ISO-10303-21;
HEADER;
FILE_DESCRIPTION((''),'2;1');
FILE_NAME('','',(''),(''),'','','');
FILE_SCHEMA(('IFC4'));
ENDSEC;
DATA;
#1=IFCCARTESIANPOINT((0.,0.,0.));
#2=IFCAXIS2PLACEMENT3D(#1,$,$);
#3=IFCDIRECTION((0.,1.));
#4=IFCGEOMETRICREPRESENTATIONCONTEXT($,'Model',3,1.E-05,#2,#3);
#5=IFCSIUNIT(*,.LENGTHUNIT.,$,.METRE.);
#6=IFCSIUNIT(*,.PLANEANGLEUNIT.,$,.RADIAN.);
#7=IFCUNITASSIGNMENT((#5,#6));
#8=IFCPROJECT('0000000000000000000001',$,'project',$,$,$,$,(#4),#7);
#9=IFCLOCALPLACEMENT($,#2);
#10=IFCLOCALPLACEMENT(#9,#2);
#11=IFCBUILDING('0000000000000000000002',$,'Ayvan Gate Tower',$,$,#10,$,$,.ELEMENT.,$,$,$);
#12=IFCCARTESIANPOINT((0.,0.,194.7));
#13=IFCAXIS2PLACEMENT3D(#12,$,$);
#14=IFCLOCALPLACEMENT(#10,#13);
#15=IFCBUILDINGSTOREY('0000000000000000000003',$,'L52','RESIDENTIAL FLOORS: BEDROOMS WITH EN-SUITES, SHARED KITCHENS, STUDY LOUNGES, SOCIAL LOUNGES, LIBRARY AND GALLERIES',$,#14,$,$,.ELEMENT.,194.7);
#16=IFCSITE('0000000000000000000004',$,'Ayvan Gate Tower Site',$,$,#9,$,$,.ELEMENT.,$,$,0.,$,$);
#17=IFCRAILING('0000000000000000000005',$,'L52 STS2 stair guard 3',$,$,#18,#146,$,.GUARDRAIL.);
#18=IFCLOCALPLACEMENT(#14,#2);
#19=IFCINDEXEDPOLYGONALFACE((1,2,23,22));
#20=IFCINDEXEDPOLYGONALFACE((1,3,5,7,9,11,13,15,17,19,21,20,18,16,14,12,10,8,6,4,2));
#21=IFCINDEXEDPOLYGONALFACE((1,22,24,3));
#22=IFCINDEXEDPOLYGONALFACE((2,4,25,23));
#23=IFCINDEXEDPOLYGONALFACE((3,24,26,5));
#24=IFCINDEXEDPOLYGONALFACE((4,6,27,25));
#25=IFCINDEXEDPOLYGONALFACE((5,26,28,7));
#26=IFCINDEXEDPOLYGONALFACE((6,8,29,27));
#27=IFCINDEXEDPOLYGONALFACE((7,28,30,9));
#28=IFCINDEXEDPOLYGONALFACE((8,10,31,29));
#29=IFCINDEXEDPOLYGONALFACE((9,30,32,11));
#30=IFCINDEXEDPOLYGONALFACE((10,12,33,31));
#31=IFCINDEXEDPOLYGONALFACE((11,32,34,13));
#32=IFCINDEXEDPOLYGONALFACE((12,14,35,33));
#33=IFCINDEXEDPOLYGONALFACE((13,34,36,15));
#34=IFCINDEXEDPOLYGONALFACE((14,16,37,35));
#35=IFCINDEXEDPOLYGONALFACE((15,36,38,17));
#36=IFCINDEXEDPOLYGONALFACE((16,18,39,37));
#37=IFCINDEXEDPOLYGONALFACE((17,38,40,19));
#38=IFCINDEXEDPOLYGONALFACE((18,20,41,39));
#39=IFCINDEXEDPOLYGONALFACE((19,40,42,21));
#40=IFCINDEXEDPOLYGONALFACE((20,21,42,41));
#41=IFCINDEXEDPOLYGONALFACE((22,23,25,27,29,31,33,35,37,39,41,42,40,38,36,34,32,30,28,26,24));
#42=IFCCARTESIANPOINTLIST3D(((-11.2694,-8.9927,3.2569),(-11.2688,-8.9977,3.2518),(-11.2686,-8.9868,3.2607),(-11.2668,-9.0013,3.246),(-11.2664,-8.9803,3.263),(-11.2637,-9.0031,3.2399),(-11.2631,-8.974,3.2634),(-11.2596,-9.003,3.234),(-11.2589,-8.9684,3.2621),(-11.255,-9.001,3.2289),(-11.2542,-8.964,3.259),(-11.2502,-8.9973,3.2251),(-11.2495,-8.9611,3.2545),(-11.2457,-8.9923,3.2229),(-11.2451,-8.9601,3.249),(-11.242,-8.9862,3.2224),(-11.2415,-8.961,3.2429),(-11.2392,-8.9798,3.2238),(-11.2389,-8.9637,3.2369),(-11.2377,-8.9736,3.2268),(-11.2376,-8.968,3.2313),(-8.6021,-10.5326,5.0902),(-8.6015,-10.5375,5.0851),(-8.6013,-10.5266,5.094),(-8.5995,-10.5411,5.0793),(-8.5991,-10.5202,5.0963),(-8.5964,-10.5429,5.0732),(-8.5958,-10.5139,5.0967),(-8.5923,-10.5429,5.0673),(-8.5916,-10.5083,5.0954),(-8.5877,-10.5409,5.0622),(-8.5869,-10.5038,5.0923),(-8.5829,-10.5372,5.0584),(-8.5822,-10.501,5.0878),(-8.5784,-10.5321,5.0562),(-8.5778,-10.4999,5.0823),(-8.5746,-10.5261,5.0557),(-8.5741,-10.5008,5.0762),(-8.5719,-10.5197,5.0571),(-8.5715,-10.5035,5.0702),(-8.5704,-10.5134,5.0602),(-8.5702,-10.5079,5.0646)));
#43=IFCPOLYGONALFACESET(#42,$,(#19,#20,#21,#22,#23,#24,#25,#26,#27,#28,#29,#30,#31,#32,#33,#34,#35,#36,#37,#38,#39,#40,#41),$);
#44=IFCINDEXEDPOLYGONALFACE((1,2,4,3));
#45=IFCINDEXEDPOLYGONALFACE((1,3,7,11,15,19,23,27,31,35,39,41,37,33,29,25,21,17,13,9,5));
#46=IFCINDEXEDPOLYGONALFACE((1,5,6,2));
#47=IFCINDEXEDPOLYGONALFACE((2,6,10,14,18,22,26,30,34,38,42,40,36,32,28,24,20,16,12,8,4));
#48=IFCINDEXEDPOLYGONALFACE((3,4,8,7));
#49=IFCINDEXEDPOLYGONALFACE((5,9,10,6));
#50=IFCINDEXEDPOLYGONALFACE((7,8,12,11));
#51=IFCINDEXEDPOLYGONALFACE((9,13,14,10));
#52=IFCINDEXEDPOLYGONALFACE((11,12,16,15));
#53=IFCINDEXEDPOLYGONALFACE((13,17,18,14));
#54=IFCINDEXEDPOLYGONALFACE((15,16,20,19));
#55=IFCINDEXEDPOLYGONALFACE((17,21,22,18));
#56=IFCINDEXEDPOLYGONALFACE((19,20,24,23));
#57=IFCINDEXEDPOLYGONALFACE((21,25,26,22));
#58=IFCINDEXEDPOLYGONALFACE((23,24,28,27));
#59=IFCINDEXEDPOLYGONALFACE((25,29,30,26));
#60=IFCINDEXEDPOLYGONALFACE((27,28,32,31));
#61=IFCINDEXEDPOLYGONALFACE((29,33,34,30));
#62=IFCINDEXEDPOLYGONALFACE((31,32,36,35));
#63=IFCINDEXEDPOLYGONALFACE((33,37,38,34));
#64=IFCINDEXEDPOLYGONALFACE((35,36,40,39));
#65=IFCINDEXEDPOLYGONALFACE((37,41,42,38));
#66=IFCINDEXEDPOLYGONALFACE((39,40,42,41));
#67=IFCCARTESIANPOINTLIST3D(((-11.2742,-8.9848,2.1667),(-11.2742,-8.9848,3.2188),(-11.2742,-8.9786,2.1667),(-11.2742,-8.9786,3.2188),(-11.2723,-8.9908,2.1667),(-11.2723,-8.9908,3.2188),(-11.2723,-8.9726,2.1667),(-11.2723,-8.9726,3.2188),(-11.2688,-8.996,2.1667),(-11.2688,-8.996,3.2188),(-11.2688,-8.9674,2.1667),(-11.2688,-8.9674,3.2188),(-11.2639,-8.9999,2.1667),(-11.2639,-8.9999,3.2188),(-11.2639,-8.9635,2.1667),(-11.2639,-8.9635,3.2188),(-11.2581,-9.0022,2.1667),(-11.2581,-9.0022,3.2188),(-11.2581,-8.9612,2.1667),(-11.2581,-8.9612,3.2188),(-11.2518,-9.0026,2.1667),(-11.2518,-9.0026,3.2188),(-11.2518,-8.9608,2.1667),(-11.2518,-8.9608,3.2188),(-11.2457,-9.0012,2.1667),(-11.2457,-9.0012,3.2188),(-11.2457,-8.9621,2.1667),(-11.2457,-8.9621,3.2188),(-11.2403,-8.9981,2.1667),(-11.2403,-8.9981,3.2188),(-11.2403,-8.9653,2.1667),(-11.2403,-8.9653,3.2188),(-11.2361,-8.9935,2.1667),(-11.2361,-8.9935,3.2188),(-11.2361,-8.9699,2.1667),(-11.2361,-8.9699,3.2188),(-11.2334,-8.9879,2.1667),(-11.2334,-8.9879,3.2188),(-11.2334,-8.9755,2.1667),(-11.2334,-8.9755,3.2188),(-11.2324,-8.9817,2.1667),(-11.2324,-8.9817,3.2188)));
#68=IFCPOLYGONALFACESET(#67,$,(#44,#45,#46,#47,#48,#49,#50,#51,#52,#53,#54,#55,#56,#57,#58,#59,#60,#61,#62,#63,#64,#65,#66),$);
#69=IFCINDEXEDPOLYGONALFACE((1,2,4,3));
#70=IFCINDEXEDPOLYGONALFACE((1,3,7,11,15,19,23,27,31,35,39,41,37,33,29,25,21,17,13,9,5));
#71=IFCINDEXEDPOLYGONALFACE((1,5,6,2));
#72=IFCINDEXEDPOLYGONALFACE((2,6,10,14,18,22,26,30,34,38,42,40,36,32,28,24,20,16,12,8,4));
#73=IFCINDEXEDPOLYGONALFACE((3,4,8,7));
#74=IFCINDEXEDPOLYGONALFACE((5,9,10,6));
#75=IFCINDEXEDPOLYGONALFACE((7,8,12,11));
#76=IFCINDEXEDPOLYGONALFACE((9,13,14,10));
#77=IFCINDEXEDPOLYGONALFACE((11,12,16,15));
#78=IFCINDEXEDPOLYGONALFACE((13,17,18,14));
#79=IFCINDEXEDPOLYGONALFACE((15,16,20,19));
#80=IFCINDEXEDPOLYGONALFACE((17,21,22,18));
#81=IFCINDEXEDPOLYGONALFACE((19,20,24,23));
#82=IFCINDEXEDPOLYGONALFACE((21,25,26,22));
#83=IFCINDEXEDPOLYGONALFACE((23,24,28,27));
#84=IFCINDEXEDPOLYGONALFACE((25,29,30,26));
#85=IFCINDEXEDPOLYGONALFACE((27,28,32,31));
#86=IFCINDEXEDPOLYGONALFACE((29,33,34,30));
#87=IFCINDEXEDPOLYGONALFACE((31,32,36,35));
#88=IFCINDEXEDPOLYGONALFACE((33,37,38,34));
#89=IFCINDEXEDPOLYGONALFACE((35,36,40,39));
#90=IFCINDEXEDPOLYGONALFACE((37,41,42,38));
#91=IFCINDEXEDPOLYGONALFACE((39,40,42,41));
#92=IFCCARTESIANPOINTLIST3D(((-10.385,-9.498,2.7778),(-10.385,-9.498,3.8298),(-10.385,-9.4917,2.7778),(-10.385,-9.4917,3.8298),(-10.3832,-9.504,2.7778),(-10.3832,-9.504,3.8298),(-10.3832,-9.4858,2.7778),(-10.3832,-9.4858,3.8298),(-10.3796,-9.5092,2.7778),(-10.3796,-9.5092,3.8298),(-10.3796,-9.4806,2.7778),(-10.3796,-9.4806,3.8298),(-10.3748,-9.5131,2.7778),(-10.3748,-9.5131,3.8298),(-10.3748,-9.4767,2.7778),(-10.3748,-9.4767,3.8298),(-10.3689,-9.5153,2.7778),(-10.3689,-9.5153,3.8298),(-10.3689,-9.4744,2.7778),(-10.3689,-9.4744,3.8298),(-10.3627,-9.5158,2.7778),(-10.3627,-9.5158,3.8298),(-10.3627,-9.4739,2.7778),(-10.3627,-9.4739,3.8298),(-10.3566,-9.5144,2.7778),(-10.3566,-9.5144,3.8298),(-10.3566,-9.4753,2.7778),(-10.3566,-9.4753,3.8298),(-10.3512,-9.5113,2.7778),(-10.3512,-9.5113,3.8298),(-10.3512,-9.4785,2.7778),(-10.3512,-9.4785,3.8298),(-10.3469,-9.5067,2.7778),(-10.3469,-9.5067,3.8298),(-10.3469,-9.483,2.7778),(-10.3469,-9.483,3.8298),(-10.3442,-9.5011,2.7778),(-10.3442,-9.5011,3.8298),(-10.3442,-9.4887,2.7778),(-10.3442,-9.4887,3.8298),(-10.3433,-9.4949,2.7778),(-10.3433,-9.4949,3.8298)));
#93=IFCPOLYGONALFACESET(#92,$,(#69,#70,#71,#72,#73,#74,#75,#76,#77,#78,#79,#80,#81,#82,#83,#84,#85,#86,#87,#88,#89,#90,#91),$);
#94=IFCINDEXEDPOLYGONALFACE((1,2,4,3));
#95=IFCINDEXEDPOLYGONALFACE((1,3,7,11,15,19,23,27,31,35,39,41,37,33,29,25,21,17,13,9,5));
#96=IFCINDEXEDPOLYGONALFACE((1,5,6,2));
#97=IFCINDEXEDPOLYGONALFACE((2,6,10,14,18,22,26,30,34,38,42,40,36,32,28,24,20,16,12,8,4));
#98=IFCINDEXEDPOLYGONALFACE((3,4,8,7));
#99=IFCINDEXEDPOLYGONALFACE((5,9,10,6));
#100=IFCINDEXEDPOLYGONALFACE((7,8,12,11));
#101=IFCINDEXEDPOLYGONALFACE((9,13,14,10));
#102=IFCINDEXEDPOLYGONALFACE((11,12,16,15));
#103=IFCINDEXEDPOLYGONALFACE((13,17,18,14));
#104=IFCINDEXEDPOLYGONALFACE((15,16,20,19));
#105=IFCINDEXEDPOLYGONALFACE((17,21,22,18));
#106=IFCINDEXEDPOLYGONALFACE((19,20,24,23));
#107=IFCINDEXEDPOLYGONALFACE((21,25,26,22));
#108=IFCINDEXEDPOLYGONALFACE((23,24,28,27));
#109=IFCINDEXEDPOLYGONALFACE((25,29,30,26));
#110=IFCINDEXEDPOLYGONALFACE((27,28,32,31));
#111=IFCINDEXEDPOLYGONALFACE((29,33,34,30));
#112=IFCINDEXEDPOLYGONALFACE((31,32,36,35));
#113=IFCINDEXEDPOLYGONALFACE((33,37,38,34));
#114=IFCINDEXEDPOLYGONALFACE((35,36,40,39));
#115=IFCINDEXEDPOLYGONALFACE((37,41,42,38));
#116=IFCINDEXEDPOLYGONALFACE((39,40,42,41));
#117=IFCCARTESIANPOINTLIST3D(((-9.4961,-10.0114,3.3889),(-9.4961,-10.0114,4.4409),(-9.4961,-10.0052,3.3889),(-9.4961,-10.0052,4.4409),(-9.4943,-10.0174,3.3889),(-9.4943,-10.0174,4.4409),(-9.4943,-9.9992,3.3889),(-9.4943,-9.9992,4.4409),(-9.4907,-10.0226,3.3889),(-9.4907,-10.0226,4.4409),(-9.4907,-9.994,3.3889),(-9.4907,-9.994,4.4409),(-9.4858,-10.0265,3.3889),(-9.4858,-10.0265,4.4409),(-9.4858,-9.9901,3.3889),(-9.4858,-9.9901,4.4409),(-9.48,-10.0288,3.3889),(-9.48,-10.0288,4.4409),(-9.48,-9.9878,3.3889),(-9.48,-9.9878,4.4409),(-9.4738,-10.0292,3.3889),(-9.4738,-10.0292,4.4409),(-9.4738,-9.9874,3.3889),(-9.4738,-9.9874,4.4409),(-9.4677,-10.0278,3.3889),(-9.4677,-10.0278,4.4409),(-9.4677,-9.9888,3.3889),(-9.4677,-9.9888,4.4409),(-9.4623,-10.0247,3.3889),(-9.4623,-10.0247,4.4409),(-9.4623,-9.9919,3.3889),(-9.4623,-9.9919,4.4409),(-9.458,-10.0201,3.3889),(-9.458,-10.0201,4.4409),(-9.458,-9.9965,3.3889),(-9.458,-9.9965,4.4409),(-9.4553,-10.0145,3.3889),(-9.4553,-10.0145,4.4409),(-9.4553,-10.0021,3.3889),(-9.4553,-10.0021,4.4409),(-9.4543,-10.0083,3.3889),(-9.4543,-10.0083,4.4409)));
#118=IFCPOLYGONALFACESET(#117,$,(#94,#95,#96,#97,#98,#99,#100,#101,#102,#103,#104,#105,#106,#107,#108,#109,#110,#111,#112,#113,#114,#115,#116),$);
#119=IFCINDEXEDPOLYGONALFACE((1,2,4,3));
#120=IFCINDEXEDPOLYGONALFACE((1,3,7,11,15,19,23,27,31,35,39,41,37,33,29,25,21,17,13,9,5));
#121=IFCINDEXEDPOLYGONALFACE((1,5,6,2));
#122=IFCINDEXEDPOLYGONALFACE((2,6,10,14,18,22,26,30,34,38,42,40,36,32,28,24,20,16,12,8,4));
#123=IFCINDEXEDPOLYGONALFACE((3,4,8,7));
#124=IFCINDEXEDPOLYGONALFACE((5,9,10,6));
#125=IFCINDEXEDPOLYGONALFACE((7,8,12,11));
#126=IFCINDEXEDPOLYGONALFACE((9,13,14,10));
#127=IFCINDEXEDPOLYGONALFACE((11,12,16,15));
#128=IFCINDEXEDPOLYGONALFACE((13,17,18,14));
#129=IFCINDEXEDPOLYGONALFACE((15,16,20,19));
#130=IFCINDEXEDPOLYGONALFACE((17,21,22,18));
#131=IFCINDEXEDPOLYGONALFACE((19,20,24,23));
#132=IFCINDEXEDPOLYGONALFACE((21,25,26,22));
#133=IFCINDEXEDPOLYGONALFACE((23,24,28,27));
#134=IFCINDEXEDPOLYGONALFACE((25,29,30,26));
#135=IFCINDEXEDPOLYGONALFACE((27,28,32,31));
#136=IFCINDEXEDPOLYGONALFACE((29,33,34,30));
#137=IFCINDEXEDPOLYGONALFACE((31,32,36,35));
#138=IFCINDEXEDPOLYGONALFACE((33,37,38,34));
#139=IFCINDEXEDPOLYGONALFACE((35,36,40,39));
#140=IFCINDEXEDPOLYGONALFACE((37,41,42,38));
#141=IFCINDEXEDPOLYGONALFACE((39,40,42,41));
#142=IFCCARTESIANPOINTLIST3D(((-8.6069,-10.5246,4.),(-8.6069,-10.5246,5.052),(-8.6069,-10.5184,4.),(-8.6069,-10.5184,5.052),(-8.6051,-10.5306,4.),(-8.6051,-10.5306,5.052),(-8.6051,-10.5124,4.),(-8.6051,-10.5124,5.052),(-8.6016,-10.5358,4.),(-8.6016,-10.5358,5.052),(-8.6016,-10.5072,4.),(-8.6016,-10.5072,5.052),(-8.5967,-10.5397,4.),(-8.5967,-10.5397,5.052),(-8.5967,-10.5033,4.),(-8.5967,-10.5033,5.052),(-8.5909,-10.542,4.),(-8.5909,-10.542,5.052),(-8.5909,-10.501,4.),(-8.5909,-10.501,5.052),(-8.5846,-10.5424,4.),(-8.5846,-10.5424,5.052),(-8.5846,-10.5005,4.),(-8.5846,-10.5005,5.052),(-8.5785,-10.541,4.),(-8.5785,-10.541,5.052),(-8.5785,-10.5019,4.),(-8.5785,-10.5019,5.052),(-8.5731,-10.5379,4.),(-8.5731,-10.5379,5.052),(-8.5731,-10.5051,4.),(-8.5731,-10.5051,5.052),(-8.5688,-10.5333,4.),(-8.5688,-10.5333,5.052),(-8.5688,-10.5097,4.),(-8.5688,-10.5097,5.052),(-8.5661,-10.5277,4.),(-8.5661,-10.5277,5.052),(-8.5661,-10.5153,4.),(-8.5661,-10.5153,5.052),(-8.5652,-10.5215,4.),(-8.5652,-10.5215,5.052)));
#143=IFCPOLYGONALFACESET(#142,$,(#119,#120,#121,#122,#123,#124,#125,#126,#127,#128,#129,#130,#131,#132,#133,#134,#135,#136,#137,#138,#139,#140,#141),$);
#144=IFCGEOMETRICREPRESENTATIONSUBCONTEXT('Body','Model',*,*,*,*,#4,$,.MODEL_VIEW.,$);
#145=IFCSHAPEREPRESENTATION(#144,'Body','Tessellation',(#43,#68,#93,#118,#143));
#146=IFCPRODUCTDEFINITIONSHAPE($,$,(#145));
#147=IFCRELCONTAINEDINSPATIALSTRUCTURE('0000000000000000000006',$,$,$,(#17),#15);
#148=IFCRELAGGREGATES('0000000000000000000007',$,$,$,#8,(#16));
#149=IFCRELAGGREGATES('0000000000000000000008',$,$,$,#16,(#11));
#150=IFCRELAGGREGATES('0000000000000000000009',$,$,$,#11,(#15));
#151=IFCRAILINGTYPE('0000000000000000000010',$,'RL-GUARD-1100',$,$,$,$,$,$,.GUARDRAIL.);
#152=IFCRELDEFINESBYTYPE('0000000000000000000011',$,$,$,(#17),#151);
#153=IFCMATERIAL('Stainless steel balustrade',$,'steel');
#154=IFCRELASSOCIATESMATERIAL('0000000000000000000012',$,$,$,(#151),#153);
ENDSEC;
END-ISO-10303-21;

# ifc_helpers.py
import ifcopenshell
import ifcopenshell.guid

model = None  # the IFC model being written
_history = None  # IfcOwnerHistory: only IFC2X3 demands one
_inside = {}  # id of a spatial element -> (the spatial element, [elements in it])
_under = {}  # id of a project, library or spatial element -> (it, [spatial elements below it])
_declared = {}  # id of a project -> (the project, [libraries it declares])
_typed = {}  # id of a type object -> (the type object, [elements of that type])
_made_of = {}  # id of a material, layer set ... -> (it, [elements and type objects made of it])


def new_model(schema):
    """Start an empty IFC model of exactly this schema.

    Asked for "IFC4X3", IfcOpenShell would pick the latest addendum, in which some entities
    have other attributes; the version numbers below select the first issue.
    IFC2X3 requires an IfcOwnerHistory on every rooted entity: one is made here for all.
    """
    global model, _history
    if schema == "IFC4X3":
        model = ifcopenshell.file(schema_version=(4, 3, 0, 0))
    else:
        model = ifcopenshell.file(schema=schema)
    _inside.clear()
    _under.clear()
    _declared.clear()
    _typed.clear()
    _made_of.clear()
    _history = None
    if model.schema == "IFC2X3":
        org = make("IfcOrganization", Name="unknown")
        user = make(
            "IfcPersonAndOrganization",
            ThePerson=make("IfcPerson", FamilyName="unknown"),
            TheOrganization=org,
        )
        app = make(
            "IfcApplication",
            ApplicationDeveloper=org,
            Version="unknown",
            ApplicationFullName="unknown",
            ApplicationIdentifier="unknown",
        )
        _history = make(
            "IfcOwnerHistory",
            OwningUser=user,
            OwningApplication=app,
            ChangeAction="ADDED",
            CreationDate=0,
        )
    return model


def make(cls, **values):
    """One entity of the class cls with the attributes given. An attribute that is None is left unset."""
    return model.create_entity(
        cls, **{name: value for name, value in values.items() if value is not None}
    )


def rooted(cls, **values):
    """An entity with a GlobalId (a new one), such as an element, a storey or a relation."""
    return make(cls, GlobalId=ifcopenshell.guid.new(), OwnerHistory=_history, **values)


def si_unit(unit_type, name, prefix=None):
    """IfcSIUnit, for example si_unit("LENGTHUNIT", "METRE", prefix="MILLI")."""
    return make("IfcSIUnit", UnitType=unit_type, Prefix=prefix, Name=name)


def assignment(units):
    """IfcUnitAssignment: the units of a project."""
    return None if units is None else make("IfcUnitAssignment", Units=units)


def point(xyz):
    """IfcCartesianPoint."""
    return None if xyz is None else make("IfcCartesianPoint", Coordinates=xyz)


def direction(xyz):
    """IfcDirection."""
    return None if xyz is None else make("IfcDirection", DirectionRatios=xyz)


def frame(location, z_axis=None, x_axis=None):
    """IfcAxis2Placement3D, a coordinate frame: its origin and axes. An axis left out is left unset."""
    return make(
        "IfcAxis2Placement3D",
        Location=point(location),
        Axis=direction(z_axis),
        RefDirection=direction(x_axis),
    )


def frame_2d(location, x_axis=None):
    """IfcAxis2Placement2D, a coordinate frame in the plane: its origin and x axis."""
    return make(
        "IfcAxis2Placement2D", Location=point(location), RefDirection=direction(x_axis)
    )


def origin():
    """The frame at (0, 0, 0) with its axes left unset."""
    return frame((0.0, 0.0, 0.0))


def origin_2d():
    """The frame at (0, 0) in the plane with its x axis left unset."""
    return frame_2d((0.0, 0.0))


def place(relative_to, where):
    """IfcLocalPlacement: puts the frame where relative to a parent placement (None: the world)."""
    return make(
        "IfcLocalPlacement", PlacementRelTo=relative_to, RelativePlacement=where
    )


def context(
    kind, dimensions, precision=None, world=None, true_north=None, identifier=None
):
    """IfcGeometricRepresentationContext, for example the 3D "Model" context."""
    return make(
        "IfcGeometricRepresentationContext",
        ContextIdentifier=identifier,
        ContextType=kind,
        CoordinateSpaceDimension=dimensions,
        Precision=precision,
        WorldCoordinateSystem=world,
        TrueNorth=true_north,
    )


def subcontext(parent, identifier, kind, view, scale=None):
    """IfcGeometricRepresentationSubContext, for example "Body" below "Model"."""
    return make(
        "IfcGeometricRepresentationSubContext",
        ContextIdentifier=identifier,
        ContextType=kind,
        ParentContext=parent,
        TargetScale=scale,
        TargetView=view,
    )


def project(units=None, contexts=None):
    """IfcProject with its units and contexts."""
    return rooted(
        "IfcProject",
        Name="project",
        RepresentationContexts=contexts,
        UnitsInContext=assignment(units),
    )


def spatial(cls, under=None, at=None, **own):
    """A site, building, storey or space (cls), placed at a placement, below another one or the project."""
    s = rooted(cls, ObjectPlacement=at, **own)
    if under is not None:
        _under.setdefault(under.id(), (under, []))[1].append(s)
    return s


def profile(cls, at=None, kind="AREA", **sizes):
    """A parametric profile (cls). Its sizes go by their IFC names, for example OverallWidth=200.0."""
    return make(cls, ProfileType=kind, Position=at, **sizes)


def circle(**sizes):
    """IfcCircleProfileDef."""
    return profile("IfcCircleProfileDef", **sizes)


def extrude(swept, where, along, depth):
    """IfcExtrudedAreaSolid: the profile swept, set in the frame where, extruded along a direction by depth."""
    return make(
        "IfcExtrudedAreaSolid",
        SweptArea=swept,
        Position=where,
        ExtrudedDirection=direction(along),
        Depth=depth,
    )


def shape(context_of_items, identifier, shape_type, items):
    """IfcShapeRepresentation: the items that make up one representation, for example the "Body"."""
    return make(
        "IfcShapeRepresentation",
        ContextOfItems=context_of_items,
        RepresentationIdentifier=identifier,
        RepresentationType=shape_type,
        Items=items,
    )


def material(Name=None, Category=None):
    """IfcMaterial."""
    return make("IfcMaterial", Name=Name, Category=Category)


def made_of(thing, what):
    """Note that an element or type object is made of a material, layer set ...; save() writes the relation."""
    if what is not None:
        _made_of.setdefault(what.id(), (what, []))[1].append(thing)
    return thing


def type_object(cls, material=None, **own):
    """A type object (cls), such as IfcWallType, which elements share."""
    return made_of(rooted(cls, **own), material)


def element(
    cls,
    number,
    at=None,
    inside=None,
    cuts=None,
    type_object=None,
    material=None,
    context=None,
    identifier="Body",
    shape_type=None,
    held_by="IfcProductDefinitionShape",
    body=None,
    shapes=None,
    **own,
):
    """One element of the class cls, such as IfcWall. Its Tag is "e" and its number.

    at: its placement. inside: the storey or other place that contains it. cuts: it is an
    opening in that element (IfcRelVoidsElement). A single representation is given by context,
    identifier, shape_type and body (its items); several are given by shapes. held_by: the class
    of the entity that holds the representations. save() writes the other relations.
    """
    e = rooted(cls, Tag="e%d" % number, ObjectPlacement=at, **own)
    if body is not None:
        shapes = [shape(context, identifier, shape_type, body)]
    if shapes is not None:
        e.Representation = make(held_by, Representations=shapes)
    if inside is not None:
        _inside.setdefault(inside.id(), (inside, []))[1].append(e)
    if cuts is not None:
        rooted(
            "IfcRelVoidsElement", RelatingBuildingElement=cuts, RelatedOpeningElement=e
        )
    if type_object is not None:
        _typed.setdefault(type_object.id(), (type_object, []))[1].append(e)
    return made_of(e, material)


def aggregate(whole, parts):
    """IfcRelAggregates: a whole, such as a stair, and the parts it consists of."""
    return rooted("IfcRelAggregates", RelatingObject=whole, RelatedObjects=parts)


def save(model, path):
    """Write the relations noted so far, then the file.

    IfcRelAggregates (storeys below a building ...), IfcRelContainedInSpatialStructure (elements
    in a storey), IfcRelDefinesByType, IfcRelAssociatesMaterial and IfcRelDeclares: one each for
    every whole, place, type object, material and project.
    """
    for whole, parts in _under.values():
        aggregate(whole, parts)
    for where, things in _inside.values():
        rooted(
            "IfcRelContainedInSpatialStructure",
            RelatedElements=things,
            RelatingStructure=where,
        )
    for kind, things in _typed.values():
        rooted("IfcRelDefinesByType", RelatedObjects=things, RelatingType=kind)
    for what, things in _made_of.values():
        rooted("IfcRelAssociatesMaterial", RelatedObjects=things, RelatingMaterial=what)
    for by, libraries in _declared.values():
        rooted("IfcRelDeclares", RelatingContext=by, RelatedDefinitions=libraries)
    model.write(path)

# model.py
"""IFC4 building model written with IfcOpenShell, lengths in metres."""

from ifc_helpers import new_model, si_unit, direction, frame, origin, origin_2d, place, context, subcontext, project, spatial, circle, extrude, material, type_object, element, save


model = new_model("IFC4")

# Units and contexts
model_context = context("Model", 3, precision=1e-05, world=origin(), true_north=direction((0.0, 1.0)))
body_context = subcontext(model_context, "Body", "Model", "MODEL_VIEW")
ifc_project = project(units=[si_unit("LENGTHUNIT", "METRE"), si_unit("PLANEANGLEUNIT", "RADIAN")], contexts=[model_context])

# Site, building, storey
site_placement = place(None, origin())
site = spatial("IfcSite", under=ifc_project, at=site_placement, Name="Ayvan Gate Tower Site", CompositionType="ELEMENT", RefElevation=0.0)
building_placement = place(site_placement, origin())
building = spatial("IfcBuilding", under=site, at=building_placement, Name="Ayvan Gate Tower", CompositionType="ELEMENT")
storey_placement = place(building_placement, frame((0.0, 0.0, 194.7)))
storey = spatial("IfcBuildingStorey", under=building, at=storey_placement, Name="L52", Description="RESIDENTIAL FLOORS: BEDROOMS WITH EN-SUITES, SHARED KITCHENS, STUDY LOUNGES, SOCIAL LOUNGES, LIBRARY AND GALLERIES", CompositionType="ELEMENT", Elevation=194.7)

# Railing
ifc_material_1 = material(Name="Stainless steel balustrade", Category="steel")
railing_type_1 = type_object("IfcRailingType", Name="RL-GUARD-1100", PredefinedType="GUARDRAIL", material=ifc_material_1)
railing_1_placement = place(storey_placement, frame((-11.2534, -8.9817, 2.1667)))
element("IfcRailing", 1, at=railing_1_placement, inside=storey, type_object=railing_type_1, Name="L52 STS2 stair guard 3", PredefinedType="GUARDRAIL", context=body_context, shape_type="SweptSolid", body=[
    extrude(circle(Radius=0.0239, at=origin_2d()), frame((0.0, 0.0, 1.0762), z_axis=(0.744181, -0.429616, 0.511493), x_axis=(0.499967, 0.866044, 0.0)), (0.0, 0.0, 1.0), 3.5842),
    extrude(circle(Radius=0.021, at=origin_2d()), origin(), (0.0, 0.0, 1.0), 1.052),
    extrude(circle(Radius=0.021, at=origin_2d()), frame((0.8892, -0.5132, 0.6111)), (0.0, 0.0, 1.0), 1.052),
    extrude(circle(Radius=0.021, at=origin_2d()), frame((1.7781, -1.0266, 1.2222)), (0.0, 0.0, 1.0), 1.052),
    extrude(circle(Radius=0.021, at=origin_2d()), frame((2.6672, -1.5398, 1.8333)), (0.0, 0.0, 1.0), 1.052),
])

save(model, "model.ifc")
